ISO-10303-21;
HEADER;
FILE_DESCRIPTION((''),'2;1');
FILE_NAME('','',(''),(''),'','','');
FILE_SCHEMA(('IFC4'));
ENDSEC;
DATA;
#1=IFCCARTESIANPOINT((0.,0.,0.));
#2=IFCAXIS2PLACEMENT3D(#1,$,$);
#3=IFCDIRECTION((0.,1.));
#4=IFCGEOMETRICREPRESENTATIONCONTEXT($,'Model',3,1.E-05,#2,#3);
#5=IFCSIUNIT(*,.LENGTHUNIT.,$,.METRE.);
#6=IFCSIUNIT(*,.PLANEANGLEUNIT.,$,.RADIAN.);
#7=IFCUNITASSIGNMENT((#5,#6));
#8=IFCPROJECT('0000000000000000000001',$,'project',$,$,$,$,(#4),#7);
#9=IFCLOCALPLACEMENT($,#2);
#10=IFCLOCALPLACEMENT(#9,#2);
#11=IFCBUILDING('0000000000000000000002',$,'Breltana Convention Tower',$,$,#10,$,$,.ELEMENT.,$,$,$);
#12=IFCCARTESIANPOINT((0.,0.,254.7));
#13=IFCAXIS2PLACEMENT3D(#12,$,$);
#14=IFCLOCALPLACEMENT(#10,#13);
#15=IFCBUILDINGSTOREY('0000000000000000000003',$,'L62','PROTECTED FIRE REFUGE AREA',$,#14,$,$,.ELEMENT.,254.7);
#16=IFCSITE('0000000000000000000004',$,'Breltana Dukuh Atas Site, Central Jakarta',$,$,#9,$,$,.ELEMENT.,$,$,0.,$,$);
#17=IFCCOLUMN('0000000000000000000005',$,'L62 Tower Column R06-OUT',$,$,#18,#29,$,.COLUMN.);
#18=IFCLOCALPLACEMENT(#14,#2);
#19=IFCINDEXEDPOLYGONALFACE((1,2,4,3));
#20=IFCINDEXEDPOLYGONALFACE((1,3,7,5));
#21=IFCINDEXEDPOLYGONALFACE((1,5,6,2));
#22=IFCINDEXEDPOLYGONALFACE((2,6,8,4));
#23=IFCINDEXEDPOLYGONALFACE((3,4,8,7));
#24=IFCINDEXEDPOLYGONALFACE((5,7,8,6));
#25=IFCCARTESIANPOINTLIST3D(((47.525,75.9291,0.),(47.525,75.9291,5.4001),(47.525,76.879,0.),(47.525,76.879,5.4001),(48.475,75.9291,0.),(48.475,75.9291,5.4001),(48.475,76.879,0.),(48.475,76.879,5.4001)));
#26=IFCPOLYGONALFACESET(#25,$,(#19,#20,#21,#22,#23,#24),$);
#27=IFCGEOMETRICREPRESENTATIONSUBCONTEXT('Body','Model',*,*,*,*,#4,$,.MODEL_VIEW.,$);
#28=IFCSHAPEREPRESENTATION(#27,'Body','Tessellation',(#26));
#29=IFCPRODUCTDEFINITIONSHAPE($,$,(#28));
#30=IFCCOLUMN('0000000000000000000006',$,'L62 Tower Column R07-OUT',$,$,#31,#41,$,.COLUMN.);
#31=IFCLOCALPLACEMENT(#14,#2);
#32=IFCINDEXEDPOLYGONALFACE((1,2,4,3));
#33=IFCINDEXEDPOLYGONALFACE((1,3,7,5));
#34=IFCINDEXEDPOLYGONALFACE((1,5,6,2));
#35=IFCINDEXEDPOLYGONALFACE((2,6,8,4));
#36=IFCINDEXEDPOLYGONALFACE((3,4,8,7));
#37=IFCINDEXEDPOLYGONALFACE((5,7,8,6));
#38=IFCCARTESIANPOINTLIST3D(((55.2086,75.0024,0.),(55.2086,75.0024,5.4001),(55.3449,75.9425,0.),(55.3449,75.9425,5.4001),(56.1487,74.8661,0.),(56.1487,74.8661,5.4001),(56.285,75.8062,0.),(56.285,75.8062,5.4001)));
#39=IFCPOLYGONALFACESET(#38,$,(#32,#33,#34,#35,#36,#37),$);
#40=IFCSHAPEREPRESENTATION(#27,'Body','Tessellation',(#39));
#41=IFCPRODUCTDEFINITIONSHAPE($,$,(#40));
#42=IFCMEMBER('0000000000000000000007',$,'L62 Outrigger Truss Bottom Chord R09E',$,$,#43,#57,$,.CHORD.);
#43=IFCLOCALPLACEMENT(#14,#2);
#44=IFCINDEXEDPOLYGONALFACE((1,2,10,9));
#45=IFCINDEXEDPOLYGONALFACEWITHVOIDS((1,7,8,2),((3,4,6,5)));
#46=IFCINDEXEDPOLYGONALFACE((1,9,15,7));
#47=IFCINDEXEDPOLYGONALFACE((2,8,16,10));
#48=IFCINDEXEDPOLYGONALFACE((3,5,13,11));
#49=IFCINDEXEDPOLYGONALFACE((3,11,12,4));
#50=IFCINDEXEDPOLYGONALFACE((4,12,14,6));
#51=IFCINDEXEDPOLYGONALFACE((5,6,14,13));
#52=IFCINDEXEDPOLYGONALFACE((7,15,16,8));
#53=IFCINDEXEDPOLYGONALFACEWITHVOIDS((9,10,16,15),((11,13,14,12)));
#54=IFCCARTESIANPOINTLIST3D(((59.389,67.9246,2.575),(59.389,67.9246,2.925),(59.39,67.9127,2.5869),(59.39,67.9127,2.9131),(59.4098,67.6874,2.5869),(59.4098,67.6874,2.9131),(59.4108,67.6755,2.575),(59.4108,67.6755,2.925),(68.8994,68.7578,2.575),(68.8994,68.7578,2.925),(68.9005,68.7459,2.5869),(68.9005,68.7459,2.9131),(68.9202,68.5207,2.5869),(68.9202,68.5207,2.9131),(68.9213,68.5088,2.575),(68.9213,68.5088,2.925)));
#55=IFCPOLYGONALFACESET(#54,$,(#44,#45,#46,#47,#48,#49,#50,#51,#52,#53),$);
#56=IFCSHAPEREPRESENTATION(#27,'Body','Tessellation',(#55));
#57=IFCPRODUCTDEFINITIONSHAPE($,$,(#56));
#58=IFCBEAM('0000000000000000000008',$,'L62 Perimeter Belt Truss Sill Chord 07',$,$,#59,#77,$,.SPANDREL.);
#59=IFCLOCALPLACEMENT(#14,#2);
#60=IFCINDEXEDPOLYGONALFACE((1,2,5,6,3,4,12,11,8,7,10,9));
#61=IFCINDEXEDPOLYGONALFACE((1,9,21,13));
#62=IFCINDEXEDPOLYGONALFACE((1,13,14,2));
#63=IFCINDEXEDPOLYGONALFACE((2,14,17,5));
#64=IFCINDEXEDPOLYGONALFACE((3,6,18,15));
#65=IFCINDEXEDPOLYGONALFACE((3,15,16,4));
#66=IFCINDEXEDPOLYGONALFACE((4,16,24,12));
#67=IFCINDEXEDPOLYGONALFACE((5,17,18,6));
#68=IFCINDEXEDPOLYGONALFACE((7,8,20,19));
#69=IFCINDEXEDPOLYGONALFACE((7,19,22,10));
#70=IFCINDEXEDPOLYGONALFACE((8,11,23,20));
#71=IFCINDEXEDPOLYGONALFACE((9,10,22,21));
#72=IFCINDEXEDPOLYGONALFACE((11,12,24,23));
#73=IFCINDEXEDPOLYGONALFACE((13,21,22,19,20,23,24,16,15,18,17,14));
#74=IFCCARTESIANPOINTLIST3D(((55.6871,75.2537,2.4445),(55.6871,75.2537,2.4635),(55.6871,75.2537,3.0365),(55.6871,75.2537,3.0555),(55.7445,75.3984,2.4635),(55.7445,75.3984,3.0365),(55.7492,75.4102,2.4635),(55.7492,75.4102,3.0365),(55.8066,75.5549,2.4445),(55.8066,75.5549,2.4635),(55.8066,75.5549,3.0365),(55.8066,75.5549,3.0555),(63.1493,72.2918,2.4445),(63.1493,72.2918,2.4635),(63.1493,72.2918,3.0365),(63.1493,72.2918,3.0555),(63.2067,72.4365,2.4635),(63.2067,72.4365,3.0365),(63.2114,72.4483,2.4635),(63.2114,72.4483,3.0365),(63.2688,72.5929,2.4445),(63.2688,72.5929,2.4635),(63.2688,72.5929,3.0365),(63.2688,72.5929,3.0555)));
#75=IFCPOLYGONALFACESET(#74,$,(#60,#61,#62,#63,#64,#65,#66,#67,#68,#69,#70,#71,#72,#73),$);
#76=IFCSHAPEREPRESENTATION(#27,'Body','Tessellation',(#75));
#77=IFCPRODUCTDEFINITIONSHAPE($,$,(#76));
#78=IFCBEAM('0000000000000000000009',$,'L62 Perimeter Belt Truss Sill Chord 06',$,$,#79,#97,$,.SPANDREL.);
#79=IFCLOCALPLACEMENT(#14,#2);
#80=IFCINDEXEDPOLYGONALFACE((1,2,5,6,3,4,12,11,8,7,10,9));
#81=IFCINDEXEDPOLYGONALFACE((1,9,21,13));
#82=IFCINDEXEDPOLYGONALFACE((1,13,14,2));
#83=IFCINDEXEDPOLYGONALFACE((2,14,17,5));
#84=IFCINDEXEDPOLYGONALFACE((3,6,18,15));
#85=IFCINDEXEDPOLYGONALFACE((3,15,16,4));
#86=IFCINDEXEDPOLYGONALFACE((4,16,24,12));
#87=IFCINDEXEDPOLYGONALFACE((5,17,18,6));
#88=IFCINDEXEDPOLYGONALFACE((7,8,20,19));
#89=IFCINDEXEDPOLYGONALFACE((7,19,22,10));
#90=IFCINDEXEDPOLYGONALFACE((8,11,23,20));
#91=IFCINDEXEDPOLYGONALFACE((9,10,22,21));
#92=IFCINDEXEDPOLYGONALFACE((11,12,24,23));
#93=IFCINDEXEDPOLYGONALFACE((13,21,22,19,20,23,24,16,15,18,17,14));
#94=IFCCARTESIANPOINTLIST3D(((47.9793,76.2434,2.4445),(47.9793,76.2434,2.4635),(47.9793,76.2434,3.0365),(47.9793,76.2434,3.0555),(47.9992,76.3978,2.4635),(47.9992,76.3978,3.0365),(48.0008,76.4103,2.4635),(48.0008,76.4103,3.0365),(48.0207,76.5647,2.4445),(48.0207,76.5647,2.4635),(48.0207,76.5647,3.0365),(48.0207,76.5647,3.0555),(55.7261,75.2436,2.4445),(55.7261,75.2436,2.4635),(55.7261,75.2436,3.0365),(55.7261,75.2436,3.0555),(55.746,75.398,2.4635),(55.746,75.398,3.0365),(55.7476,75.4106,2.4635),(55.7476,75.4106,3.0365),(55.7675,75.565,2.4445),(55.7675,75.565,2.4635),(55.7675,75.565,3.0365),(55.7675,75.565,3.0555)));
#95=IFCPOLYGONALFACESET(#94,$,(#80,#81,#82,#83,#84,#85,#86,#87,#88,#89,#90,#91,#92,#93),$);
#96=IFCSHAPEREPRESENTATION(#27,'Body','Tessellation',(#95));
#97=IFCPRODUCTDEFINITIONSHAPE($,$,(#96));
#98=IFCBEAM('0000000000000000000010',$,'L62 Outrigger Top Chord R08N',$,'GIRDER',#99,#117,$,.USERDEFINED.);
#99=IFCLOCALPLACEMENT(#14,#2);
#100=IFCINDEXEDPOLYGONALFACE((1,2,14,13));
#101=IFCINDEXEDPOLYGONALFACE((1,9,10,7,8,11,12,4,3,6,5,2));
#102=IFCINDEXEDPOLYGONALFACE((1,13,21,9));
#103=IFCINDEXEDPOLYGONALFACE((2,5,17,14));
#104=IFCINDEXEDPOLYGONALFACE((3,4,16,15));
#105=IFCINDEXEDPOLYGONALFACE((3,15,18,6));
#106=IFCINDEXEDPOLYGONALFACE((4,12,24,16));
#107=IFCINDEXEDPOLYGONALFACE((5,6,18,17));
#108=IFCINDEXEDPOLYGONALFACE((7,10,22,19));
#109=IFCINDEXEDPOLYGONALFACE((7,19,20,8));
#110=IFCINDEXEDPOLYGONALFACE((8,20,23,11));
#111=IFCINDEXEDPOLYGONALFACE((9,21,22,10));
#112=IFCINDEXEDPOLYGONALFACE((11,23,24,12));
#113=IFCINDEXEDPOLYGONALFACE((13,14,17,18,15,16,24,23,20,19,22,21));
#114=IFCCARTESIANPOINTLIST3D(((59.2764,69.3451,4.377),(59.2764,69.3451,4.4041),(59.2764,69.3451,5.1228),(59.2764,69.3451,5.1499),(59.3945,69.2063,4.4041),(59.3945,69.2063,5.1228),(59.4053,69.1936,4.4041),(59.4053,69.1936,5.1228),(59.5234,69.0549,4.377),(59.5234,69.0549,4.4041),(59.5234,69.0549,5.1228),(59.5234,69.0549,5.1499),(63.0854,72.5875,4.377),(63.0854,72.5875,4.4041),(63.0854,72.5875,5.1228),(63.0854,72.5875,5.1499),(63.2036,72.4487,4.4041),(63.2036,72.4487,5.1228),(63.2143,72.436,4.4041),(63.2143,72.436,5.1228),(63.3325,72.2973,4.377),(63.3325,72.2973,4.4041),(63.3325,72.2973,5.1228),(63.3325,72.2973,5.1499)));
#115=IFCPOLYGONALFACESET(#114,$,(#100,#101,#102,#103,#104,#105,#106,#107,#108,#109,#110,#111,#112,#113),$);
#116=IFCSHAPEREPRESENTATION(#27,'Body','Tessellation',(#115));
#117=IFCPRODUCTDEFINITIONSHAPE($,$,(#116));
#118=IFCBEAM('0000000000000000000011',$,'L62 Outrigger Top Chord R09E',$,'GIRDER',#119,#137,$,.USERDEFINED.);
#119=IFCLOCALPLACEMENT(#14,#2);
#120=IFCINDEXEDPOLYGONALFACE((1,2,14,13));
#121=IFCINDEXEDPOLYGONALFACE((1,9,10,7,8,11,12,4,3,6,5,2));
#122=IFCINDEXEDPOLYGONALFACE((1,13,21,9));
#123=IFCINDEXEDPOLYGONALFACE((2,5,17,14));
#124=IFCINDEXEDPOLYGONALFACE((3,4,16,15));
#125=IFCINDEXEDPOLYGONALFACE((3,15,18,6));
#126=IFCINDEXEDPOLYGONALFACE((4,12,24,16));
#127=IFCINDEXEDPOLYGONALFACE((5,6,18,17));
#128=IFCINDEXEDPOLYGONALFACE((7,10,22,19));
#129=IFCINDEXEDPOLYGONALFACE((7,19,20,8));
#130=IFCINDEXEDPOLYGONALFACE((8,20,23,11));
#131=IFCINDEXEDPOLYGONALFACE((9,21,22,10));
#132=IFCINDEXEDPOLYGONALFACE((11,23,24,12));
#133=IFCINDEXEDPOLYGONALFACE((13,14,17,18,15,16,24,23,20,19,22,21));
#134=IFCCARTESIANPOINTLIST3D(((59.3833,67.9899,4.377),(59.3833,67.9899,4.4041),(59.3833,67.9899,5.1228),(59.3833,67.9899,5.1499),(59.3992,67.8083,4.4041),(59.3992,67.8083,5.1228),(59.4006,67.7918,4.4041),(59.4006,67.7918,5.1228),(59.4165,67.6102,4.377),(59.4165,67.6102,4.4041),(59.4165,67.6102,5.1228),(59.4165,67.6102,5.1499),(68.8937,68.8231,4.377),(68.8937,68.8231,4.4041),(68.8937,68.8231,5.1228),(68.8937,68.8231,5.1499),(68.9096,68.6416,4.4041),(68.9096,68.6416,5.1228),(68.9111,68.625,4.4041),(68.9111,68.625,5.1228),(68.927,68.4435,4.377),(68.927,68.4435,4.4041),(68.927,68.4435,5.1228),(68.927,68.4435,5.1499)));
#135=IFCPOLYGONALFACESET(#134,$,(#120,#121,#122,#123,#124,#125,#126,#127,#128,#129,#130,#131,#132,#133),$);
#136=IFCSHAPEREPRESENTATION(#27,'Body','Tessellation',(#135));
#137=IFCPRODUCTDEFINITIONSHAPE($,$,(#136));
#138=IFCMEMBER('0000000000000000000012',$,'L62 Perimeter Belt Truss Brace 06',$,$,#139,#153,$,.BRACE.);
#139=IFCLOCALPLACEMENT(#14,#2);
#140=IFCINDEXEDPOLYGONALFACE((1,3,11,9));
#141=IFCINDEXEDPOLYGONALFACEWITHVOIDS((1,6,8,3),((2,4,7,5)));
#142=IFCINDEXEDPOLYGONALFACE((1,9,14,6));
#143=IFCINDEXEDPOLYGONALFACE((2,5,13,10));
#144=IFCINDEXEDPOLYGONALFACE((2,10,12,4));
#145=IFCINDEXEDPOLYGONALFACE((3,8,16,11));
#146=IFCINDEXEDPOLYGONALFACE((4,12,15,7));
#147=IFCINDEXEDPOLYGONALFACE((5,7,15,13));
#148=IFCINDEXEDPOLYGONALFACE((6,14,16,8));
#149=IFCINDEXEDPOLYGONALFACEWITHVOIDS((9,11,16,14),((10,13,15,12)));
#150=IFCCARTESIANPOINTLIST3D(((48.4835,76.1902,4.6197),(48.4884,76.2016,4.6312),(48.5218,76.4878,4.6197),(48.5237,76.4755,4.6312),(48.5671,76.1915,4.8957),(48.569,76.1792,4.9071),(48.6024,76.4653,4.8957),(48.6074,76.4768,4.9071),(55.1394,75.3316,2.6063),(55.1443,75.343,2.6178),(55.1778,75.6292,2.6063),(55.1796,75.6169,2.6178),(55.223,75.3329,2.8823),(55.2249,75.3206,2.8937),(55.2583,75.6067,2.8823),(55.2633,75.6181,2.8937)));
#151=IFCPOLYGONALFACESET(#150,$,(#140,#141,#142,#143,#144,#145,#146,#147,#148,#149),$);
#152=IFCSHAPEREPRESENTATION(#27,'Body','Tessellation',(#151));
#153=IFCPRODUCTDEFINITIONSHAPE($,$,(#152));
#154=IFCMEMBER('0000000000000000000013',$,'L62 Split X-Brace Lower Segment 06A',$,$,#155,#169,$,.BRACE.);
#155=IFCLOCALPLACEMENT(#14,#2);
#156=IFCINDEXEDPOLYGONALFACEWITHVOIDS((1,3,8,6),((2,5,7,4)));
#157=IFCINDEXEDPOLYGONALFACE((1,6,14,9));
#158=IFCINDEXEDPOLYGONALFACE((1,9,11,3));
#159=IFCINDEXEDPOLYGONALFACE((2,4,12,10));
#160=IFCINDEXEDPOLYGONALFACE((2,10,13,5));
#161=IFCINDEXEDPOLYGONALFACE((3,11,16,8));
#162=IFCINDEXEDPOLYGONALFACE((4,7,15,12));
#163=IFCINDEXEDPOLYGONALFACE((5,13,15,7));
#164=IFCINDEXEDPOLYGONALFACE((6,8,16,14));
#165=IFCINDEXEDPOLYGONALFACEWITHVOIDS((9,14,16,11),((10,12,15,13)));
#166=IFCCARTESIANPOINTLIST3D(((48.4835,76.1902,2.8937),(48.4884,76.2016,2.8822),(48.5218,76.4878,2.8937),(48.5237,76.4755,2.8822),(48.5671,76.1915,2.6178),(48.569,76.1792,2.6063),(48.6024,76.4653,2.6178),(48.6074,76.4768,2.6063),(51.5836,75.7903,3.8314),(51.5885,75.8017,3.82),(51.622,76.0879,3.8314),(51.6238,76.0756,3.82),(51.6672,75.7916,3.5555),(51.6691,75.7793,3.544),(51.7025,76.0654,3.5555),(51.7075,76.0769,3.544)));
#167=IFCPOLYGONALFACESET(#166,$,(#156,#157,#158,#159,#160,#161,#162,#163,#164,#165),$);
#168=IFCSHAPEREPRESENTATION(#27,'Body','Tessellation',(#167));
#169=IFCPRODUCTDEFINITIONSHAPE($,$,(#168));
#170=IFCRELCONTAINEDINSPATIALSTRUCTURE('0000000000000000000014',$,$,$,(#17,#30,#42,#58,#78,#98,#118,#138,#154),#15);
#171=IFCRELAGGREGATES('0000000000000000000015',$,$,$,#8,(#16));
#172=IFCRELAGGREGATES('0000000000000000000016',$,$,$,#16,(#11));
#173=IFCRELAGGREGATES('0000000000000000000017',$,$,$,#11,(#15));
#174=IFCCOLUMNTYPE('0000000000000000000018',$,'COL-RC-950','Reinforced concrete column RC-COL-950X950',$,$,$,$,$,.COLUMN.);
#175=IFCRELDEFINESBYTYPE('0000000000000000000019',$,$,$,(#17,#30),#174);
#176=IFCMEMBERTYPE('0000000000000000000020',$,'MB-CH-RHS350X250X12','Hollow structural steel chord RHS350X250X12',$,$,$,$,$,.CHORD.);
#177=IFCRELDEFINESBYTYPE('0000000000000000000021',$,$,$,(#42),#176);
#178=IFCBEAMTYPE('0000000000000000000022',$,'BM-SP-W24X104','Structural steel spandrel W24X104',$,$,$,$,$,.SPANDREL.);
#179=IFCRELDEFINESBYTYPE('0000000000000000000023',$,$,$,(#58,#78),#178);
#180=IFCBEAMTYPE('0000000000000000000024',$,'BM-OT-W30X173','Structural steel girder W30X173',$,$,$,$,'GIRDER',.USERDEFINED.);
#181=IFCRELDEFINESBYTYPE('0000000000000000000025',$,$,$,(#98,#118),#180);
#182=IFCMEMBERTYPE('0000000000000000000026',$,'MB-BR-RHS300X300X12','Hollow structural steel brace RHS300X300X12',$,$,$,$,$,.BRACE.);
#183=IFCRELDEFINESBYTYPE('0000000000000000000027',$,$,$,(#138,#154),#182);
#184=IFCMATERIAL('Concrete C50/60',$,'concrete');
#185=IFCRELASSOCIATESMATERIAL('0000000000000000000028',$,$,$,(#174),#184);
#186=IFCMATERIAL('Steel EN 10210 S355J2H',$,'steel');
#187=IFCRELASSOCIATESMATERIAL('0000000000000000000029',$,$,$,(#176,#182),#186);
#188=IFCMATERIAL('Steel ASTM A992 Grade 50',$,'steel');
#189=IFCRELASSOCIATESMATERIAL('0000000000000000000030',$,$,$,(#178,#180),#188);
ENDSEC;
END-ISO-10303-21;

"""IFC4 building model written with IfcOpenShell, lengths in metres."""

from ifc_helpers import new_model, si_unit, direction, frame, origin, origin_2d, place, context, subcontext, project, spatial, rectangle, hollow_rectangle, i_section, extrude, source, transform, mapped, material, material_profile, profile_set, type_object, element, save


model = new_model("IFC4")

# Units and contexts
model_context = context("Model", 3, precision=1e-05, world=origin(), true_north=direction((0.0, 1.0)))
body_context = subcontext(model_context, "Body", "Model", "MODEL_VIEW")
ifc_project = project(units=[si_unit("LENGTHUNIT", "METRE"), si_unit("PLANEANGLEUNIT", "RADIAN")], contexts=[model_context])

# Site, building, storey
site_placement = place(None, origin())
site = spatial("IfcSite", under=ifc_project, at=site_placement, Name="Breltana Dukuh Atas Site, Central Jakarta", CompositionType="ELEMENT", RefElevation=0.0)
building_placement = place(site_placement, origin())
building = spatial("IfcBuilding", under=site, at=building_placement, Name="Breltana Convention Tower", CompositionType="ELEMENT")
storey_placement = place(building_placement, frame((0.0, 0.0, 254.7)))
storey = spatial("IfcBuildingStorey", under=building, at=storey_placement, Name="L62", Description="PROTECTED FIRE REFUGE AREA", CompositionType="ELEMENT", Elevation=254.7)

# Columns
ifc_material_1 = material(Name="Concrete C50/60", Category="concrete")
ifc_material_profile_1 = material_profile(ifc_material_1, rectangle(XDim=0.95, YDim=0.95, at=origin_2d()), Name="RC-COL-950X950")
ifc_profile_set_1 = profile_set([ifc_material_profile_1], Name="Concrete C50/60")
column_type = type_object("IfcColumnType", Name="COL-RC-950", Description="Reinforced concrete column RC-COL-950X950", PredefinedType="COLUMN", material=ifc_profile_set_1)
shared_shape_1 = source(origin(), body_context, "Body", "SweptSolid", [
    extrude(rectangle(XDim=0.95, YDim=0.95, at=origin_2d()), origin(), (0.0, 0.0, 1.0), 5.4001),
])
for number, where, z_axis, x_axis, name in (
    (1, (48.0, 76.4041, 0.0), (0.0, 0.0, 1.0), (0.0, 1.0, 0.0), "L62 Tower Column R06-OUT"),
    (2, (55.7468, 75.4043, 0.0), (0.0, 0.0, 1.0), (0.143493, 0.989651, 0.0), "L62 Tower Column R07-OUT"),
):
    element("IfcColumn", number, at=place(storey_placement, frame(where, z_axis=z_axis, x_axis=x_axis)), inside=storey, type_object=column_type, Name=name, PredefinedType="COLUMN", context=body_context, shape_type="MappedRepresentation", body=[
        mapped(shared_shape_1, transform((0.0, 0.0, 0.0), scale=1.0)),
    ])

# Member
ifc_material_2 = material(Name="Steel EN 10210 S355J2H", Category="steel")
ifc_material_profile_2 = material_profile(ifc_material_2, hollow_rectangle(XDim=0.25, YDim=0.3501, WallThickness=0.012, at=origin_2d()), Name="RHS350X250X12")
ifc_profile_set_2 = profile_set([ifc_material_profile_2], Name="Steel EN 10210 S355J2H")
member_type_1 = type_object("IfcMemberType", Name="MB-CH-RHS350X250X12", Description="Hollow structural steel chord RHS350X250X12", PredefinedType="CHORD", material=ifc_profile_set_2)
shared_shape_2 = source(origin(), body_context, "Body", "SweptSolid", [
    extrude(hollow_rectangle(XDim=0.25, YDim=0.3501, WallThickness=0.012, at=origin_2d()), origin(), (0.0, 0.0, 1.0), 9.5469),
])
member_1_placement = place(storey_placement, frame((59.3999, 67.8, 2.75), z_axis=(0.996184, 0.08728, 0.0), x_axis=(-0.08728, 0.996184, 0.0)))
element("IfcMember", 3, at=member_1_placement, inside=storey, type_object=member_type_1, Name="L62 Outrigger Truss Bottom Chord R09E", PredefinedType="CHORD", context=body_context, shape_type="MappedRepresentation", body=[
    mapped(shared_shape_2, transform((0.0, 0.0, 0.0), scale=1.0)),
])

# Beams
ifc_material_3 = material(Name="Steel ASTM A992 Grade 50", Category="steel")
ifc_material_profile_3 = material_profile(ifc_material_3, i_section(OverallWidth=0.324, OverallDepth=0.6111, WebThickness=0.0127, FlangeThickness=0.019, at=origin_2d()), Name="W24X104")
ifc_profile_set_3 = profile_set([ifc_material_profile_3], Name="Steel ASTM A992 Grade 50")
beam_type_1 = type_object("IfcBeamType", Name="BM-SP-W24X104", Description="Structural steel spandrel W24X104", PredefinedType="SPANDREL", material=ifc_profile_set_3)
shared_shape_3 = source(origin(), body_context, "Body", "SweptSolid", [
    extrude(i_section(OverallWidth=0.324, OverallDepth=0.6111, WebThickness=0.0127, FlangeThickness=0.019, at=origin_2d()), origin(), (0.0, 0.0, 1.0), 8.0286),
])
beam_1_placement = place(storey_placement, frame((55.7468, 75.4043, 2.75), z_axis=(0.929459, -0.368925, 0.0), x_axis=(0.368925, 0.929459, 0.0)))
element("IfcBeam", 4, at=beam_1_placement, inside=storey, type_object=beam_type_1, Name="L62 Perimeter Belt Truss Sill Chord 07", PredefinedType="SPANDREL", context=body_context, shape_type="MappedRepresentation", body=[
    mapped(shared_shape_3, transform((0.0, 0.0, 0.0), scale=1.0)),
])
shared_shape_4 = source(origin(), body_context, "Body", "SweptSolid", [
    extrude(i_section(OverallWidth=0.324, OverallDepth=0.6111, WebThickness=0.0127, FlangeThickness=0.019, at=origin_2d()), origin(), (0.0, 0.0, 1.0), 7.811),
])
beam_2_placement = place(storey_placement, frame((48.0, 76.4041, 2.75), z_axis=(0.991775, -0.127992, 0.0), x_axis=(0.127992, 0.991775, 0.0)))
element("IfcBeam", 5, at=beam_2_placement, inside=storey, type_object=beam_type_1, Name="L62 Perimeter Belt Truss Sill Chord 06", PredefinedType="SPANDREL", context=body_context, shape_type="MappedRepresentation", body=[
    mapped(shared_shape_4, transform((0.0, 0.0, 0.0), scale=1.0)),
])
ifc_material_profile_4 = material_profile(ifc_material_3, i_section(OverallWidth=0.3811, OverallDepth=0.7729, WebThickness=0.0166, FlangeThickness=0.0271, at=origin_2d()), Name="W30X173")
ifc_profile_set_4 = profile_set([ifc_material_profile_4], Name="Steel ASTM A992 Grade 50")
beam_type_2 = type_object("IfcBeamType", Name="BM-OT-W30X173", Description="Structural steel girder W30X173", ElementType="GIRDER", PredefinedType="USERDEFINED", material=ifc_profile_set_4)
shared_shape_5 = source(origin(), body_context, "Body", "SweptSolid", [
    extrude(i_section(OverallWidth=0.3811, OverallDepth=0.7729, WebThickness=0.0166, FlangeThickness=0.0271, at=origin_2d()), origin(), (0.0, 0.0, 1.0), 5.0022),
])
beam_3_placement = place(storey_placement, frame((59.3999, 69.2, 4.7634), z_axis=(0.761474, 0.648195, 0.0), x_axis=(-0.648195, 0.761474, 0.0)))
element("IfcBeam", 6, at=beam_3_placement, inside=storey, type_object=beam_type_2, Name="L62 Outrigger Top Chord R08N", ObjectType="GIRDER", PredefinedType="USERDEFINED", context=body_context, shape_type="MappedRepresentation", body=[
    mapped(shared_shape_5, transform((0.0, 0.0, 0.0), scale=1.0)),
])
shared_shape_6 = source(origin(), body_context, "Body", "SweptSolid", [
    extrude(i_section(OverallWidth=0.3811, OverallDepth=0.7729, WebThickness=0.0166, FlangeThickness=0.0271, at=origin_2d()), origin(), (0.0, 0.0, 1.0), 9.5469),
])
beam_4_placement = place(storey_placement, frame((59.3999, 67.8, 4.7634), z_axis=(0.996184, 0.08728, 0.0), x_axis=(-0.08728, 0.996184, 0.0)))
element("IfcBeam", 7, at=beam_4_placement, inside=storey, type_object=beam_type_2, Name="L62 Outrigger Top Chord R09E", ObjectType="GIRDER", PredefinedType="USERDEFINED", context=body_context, shape_type="MappedRepresentation", body=[
    mapped(shared_shape_6, transform((0.0, 0.0, 0.0), scale=1.0)),
])

# Members
ifc_material_profile_5 = material_profile(ifc_material_2, hollow_rectangle(XDim=0.3, YDim=0.3, WallThickness=0.012, at=origin_2d()), Name="RHS300X300X12")
ifc_profile_set_5 = profile_set([ifc_material_profile_5], Name="Steel EN 10210 S355J2H")
member_type_2 = type_object("IfcMemberType", Name="MB-BR-RHS300X300X12", Description="Hollow structural steel brace RHS300X300X12", PredefinedType="BRACE", material=ifc_profile_set_5)
shared_shape_7 = source(origin(), body_context, "Body", "SweptSolid", [
    extrude(hollow_rectangle(XDim=0.3, YDim=0.3, WallThickness=0.012, at=origin_2d()), origin(), (0.0, 0.0, 1.0), 7.0066),
])
member_2_placement = place(storey_placement, frame((48.5454, 76.3335, 4.7634), z_axis=(0.949951, -0.122546, -0.287358), x_axis=(0.127942, 0.991782, 0.0)))
element("IfcMember", 8, at=member_2_placement, inside=storey, type_object=member_type_2, Name="L62 Perimeter Belt Truss Brace 06", PredefinedType="BRACE", context=body_context, shape_type="MappedRepresentation", body=[
    mapped(shared_shape_7, transform((0.0, 0.0, 0.0), scale=1.0)),
])
shared_shape_8 = source(origin(), body_context, "Body", "SweptSolid", [
    extrude(hollow_rectangle(XDim=0.3, YDim=0.3, WallThickness=0.012, at=origin_2d()), origin(), (0.0, 0.0, 1.0), 3.2634),
])
for number, where, z_axis, x_axis, name in (
    (9, (48.5454, 76.3335, 2.75), (0.949954, -0.122541, 0.28735), (0.127937, 0.991782, 0.0), "L62 Split X-Brace Lower Segment 06A"),
):
    element("IfcMember", number, at=place(storey_placement, frame(where, z_axis=z_axis, x_axis=x_axis)), inside=storey, type_object=member_type_2, Name=name, PredefinedType="BRACE", context=body_context, shape_type="MappedRepresentation", body=[
        mapped(shared_shape_8, transform((0.0, 0.0, 0.0), scale=1.0)),
    ])

save(model, "model.ifc")
